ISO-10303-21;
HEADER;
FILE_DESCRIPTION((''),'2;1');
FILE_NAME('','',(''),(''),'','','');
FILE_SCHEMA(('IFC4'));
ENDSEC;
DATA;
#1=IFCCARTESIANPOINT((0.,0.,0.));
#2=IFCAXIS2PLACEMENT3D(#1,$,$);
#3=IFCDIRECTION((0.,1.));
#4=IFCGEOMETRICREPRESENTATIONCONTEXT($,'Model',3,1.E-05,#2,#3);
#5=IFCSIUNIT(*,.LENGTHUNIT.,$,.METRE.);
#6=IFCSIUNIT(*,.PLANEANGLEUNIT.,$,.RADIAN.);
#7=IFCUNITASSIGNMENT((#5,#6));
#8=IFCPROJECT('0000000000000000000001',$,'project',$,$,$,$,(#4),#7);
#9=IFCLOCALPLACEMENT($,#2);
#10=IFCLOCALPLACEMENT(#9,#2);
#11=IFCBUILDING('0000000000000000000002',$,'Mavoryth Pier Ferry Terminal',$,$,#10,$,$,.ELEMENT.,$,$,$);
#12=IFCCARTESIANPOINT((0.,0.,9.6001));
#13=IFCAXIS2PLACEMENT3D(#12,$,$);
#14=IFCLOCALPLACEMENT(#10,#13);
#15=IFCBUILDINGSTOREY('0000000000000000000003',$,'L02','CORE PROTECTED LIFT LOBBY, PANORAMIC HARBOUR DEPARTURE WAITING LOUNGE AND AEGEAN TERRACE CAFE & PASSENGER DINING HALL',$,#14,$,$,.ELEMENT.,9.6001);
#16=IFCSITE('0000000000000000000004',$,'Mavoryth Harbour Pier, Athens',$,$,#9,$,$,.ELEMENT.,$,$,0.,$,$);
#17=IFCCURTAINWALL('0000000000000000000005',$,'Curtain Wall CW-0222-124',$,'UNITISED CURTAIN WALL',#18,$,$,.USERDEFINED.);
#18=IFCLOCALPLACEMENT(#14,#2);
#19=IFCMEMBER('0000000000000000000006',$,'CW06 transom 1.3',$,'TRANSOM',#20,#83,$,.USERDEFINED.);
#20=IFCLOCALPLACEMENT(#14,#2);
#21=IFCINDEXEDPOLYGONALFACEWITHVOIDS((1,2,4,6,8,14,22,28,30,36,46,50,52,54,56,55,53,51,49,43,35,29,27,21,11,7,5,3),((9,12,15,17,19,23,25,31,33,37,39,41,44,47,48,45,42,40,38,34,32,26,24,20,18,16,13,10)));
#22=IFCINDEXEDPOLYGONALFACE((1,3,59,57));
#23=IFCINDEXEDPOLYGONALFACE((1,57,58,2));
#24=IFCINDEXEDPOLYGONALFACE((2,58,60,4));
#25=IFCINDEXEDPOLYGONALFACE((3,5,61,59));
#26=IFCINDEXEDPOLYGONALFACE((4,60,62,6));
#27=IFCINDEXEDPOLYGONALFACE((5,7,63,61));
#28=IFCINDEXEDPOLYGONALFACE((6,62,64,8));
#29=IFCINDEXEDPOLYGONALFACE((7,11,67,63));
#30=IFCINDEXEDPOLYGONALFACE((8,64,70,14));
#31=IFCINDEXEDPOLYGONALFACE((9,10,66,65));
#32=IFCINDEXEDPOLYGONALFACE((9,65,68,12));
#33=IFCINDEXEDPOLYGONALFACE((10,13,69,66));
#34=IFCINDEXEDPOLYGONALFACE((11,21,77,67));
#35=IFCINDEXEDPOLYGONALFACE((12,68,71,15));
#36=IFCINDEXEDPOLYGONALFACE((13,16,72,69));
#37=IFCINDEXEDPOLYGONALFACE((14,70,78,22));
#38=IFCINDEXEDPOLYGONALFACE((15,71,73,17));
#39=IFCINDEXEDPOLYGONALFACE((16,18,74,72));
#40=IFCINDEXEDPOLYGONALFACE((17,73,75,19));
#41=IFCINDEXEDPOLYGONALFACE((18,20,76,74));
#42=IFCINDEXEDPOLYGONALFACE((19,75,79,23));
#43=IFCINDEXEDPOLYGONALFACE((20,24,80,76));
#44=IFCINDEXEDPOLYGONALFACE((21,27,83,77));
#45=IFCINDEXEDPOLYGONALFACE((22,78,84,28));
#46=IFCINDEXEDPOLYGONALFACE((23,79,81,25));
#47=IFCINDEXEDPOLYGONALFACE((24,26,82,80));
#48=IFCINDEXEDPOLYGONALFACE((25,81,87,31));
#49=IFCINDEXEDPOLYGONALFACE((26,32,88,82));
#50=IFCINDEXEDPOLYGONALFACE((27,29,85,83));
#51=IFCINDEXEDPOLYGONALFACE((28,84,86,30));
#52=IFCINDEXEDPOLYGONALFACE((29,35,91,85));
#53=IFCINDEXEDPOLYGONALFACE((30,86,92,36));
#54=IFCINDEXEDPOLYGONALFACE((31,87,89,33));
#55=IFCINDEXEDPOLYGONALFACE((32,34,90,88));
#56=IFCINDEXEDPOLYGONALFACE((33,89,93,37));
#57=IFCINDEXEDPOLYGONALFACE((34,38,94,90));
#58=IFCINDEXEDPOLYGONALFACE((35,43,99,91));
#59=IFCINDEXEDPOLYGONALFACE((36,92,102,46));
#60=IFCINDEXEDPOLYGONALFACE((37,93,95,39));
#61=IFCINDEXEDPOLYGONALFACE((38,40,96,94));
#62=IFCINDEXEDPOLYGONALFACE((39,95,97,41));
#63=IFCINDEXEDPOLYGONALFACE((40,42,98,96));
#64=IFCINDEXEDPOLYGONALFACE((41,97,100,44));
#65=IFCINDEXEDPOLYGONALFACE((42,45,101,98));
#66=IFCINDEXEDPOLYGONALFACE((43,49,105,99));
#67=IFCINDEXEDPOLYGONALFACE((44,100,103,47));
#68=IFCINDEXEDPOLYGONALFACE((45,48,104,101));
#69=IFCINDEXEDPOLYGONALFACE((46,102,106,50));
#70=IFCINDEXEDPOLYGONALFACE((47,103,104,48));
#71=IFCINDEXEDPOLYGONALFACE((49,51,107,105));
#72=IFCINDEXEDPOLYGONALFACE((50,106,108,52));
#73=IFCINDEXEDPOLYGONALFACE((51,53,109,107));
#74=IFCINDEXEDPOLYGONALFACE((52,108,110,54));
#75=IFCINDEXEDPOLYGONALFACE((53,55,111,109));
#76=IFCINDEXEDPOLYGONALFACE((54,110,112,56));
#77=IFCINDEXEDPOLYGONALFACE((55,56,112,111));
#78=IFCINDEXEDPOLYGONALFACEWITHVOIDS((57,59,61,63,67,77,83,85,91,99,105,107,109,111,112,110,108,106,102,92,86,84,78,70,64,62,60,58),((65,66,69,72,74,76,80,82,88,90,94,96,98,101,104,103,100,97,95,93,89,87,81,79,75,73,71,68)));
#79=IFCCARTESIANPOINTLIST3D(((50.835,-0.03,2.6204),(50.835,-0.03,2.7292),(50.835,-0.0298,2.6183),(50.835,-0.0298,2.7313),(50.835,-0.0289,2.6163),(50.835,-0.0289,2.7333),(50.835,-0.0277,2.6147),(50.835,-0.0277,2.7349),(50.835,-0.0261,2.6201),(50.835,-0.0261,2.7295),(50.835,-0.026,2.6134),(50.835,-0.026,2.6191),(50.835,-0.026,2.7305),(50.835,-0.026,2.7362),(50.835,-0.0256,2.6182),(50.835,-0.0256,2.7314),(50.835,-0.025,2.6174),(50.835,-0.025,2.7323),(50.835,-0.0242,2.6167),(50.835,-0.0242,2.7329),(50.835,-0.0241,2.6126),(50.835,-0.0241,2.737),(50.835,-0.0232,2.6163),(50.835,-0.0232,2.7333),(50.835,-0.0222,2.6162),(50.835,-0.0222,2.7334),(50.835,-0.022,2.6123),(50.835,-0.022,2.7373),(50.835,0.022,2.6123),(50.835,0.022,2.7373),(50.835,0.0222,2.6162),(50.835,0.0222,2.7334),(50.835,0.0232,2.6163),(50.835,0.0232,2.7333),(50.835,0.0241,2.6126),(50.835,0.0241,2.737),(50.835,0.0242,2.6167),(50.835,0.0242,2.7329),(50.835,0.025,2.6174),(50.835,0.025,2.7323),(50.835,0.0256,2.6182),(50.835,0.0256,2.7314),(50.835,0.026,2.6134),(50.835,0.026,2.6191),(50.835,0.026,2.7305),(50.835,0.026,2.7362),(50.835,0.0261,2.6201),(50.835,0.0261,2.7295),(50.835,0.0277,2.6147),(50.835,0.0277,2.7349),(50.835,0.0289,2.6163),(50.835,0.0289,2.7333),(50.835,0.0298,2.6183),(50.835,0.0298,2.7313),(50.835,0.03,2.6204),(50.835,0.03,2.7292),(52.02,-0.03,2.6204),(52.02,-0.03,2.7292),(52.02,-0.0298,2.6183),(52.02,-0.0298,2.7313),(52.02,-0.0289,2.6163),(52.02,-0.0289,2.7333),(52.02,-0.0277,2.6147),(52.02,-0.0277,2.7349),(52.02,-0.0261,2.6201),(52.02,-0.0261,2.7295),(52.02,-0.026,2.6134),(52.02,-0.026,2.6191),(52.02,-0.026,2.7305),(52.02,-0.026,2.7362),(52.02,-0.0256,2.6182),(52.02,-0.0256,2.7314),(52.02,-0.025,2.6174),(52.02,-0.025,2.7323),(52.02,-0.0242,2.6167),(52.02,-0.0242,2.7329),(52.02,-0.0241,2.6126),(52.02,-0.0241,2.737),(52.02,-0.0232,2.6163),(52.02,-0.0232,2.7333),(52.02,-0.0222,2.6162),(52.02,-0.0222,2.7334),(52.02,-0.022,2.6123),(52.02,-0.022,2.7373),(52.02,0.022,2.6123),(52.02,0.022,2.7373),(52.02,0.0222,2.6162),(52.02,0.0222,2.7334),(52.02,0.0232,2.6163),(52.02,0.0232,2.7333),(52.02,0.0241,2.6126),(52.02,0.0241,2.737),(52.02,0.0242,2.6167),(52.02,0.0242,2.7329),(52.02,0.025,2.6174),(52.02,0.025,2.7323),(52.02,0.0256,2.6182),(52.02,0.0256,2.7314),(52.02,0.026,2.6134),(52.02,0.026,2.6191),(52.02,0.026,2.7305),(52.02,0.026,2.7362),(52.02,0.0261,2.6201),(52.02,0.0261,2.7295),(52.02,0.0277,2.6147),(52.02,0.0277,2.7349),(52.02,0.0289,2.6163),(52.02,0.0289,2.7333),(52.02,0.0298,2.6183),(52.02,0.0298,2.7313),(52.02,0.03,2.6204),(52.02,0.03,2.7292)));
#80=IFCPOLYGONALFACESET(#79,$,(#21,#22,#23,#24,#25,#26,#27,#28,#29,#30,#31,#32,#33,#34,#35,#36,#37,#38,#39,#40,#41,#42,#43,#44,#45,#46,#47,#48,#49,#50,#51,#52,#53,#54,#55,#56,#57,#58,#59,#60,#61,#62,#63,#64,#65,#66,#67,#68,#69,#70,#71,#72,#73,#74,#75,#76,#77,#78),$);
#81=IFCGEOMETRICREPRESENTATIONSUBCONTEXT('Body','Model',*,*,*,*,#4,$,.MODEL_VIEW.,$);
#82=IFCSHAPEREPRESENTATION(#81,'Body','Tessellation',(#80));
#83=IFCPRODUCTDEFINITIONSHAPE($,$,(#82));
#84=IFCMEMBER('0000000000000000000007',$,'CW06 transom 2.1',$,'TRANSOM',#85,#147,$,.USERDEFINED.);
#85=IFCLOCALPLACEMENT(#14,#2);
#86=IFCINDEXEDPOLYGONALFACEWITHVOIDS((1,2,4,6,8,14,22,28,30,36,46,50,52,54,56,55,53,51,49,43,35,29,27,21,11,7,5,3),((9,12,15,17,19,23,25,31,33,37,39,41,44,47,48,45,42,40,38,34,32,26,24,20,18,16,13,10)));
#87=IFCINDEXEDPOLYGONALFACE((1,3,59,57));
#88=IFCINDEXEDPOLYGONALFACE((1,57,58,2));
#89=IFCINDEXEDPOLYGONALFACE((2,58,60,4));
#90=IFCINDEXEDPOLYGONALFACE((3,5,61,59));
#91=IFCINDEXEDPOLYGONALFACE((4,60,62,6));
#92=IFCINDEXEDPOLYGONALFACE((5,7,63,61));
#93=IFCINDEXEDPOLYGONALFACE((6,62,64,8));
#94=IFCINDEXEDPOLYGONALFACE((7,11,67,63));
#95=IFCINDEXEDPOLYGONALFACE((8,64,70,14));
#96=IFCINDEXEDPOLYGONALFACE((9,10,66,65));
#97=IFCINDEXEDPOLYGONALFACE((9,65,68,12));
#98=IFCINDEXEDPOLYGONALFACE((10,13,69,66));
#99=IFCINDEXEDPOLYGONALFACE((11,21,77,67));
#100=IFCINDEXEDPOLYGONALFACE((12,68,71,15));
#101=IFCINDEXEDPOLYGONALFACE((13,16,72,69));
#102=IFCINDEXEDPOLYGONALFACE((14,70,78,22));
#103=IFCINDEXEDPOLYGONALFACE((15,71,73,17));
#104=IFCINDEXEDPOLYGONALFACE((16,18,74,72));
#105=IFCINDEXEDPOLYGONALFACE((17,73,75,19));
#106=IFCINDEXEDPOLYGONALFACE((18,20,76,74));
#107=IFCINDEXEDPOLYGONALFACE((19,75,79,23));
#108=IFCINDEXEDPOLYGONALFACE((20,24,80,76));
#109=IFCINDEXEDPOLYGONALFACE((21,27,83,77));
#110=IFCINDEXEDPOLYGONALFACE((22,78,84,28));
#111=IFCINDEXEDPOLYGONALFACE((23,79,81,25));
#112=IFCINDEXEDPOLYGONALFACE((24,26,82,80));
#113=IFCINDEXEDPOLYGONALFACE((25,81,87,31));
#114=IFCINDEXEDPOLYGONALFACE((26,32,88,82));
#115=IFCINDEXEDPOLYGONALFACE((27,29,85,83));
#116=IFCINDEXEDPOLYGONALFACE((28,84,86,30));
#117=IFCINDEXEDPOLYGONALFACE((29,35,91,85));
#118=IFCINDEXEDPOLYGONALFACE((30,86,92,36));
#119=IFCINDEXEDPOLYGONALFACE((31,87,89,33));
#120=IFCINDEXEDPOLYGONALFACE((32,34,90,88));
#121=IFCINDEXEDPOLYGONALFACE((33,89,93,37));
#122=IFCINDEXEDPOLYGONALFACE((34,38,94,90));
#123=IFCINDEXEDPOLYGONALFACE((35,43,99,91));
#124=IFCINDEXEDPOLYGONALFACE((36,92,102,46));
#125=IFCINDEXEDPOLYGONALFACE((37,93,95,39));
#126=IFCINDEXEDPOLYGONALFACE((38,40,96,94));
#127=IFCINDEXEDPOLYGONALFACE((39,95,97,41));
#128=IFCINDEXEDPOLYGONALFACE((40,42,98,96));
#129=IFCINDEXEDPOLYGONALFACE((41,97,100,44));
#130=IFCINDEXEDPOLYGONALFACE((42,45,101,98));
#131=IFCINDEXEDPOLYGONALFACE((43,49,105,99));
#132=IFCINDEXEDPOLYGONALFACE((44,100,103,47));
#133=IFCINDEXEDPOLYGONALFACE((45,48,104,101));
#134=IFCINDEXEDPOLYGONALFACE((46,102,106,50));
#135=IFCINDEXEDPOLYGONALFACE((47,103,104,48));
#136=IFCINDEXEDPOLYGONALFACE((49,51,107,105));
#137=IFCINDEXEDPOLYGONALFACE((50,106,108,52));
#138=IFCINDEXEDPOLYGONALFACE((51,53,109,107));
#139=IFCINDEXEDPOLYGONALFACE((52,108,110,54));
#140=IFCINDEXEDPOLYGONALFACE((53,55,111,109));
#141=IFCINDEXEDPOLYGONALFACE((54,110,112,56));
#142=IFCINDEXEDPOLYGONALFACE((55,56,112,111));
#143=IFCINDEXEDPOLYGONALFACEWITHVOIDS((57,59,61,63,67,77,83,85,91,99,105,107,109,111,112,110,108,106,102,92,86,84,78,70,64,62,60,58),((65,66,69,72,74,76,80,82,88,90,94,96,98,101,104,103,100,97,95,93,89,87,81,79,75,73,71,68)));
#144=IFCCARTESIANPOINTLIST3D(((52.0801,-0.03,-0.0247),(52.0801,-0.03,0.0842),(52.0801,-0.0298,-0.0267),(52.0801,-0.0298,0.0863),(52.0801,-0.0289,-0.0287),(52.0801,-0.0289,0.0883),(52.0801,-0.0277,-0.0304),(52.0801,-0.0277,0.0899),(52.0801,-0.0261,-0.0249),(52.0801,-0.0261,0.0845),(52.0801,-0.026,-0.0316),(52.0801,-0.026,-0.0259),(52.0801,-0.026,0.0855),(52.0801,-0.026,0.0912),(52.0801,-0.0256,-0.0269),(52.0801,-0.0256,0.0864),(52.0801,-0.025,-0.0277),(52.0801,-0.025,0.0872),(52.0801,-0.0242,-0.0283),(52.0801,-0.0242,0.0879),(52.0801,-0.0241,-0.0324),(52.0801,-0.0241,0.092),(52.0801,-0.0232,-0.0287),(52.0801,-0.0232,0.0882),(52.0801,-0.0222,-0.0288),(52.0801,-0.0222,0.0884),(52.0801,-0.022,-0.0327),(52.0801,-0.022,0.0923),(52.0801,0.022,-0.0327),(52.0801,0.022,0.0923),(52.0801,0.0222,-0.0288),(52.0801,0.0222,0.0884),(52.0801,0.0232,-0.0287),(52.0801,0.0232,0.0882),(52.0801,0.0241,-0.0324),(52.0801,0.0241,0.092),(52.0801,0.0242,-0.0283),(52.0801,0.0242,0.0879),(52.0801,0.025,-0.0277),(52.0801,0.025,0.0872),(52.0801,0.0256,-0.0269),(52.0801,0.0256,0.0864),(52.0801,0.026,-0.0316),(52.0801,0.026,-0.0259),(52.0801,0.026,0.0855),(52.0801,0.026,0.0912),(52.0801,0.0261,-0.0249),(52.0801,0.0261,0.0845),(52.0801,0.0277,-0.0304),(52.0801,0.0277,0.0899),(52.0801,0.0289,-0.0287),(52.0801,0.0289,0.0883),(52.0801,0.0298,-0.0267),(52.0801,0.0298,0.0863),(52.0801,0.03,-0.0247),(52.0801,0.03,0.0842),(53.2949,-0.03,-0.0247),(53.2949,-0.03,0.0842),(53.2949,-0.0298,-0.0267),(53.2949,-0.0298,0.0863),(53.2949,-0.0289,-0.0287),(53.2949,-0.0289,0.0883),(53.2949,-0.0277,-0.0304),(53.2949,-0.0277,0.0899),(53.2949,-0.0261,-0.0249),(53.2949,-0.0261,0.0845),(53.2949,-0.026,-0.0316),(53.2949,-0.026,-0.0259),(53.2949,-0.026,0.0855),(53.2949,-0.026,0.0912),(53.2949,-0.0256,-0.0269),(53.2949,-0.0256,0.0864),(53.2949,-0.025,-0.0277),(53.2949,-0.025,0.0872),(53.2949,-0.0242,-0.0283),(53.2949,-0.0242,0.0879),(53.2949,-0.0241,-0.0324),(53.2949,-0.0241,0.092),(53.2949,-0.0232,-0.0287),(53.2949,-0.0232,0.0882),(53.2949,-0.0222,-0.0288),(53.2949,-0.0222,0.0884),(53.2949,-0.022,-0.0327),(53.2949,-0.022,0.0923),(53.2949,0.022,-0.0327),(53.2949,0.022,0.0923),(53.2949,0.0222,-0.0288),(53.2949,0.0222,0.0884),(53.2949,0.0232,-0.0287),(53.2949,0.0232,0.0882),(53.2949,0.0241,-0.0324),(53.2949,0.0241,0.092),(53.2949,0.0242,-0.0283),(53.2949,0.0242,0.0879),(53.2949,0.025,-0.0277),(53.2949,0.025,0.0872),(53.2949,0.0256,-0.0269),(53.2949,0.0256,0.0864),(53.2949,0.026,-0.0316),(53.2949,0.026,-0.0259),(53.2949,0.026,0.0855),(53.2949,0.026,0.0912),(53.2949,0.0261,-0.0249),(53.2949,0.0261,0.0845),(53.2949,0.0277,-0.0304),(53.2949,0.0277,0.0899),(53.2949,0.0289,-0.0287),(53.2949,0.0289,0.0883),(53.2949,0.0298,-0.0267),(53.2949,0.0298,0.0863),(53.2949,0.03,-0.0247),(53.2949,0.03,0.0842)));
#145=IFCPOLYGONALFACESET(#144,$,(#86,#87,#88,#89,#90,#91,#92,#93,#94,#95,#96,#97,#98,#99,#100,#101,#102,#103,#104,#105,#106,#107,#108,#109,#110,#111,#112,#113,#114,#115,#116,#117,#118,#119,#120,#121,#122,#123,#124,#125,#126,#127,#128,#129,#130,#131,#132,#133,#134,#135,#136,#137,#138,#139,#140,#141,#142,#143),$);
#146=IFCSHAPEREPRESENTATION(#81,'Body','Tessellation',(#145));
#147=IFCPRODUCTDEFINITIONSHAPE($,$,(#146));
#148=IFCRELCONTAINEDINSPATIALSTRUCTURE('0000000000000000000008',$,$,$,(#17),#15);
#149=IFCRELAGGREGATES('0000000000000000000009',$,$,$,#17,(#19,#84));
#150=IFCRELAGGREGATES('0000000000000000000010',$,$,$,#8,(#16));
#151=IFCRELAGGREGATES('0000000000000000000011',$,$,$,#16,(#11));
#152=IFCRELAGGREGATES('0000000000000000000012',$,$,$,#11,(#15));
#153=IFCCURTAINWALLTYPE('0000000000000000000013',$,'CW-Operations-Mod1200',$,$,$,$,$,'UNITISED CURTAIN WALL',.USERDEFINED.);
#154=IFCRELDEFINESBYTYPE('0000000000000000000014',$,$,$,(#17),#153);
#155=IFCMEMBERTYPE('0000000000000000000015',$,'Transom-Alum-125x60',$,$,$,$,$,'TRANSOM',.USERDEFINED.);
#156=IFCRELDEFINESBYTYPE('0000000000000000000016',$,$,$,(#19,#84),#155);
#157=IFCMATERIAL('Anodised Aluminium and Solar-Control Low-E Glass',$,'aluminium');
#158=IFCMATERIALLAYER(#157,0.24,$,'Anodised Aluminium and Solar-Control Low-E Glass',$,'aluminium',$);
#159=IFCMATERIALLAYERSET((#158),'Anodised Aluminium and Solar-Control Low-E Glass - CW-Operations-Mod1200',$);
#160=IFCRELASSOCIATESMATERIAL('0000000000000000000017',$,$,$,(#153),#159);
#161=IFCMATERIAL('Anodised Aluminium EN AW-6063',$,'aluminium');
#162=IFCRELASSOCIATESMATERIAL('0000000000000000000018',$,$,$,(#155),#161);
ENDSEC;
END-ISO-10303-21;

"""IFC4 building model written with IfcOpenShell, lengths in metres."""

from ifc_helpers import new_model, si_unit, direction, frame, origin, origin_2d, place, context, subcontext, project, spatial, hollow_rectangle, extrude, material, layer, layer_set, material_profile, profile_set, type_object, element, aggregate, save


model = new_model("IFC4")

# Units and contexts
model_context = context("Model", 3, precision=1e-05, world=origin(), true_north=direction((0.0, 1.0)))
body_context = subcontext(model_context, "Body", "Model", "MODEL_VIEW")
ifc_project = project(units=[si_unit("LENGTHUNIT", "METRE"), si_unit("PLANEANGLEUNIT", "RADIAN")], contexts=[model_context])

# Site, building, storey
site_placement = place(None, origin())
site = spatial("IfcSite", under=ifc_project, at=site_placement, Name="Mavoryth Harbour Pier, Athens", CompositionType="ELEMENT", RefElevation=0.0)
building_placement = place(site_placement, origin())
building = spatial("IfcBuilding", under=site, at=building_placement, Name="Mavoryth Pier Ferry Terminal", CompositionType="ELEMENT")
storey_placement = place(building_placement, frame((0.0, 0.0, 9.6001)))
storey = spatial("IfcBuildingStorey", under=building, at=storey_placement, Name="L02", Description="CORE PROTECTED LIFT LOBBY, PANORAMIC HARBOUR DEPARTURE WAITING LOUNGE AND AEGEAN TERRACE CAFE & PASSENGER DINING HALL", CompositionType="ELEMENT", Elevation=9.6001)

# Curtain wall
ifc_material_1 = material(Name="Anodised Aluminium and Solar-Control Low-E Glass", Category="aluminium")
ifc_layer_1 = layer(ifc_material_1, 0.24, Name="Anodised Aluminium and Solar-Control Low-E Glass", Category="aluminium")
ifc_layer_set_1 = layer_set([ifc_layer_1], Name="Anodised Aluminium and Solar-Control Low-E Glass - CW-Operations-Mod1200")
curtain_wall_type = type_object("IfcCurtainWallType", Name="CW-Operations-Mod1200", ElementType="UNITISED CURTAIN WALL", PredefinedType="USERDEFINED", material=ifc_layer_set_1)
curtain_wall_placement = place(storey_placement, origin())
curtain_wall = element("IfcCurtainWall", 1, at=curtain_wall_placement, inside=storey, type_object=curtain_wall_type, Name="Curtain Wall CW-0222-124", ObjectType="UNITISED CURTAIN WALL", PredefinedType="USERDEFINED")
ifc_material_2 = material(Name="Anodised Aluminium EN AW-6063", Category="aluminium")

# Members
ifc_material_profile_1 = material_profile(ifc_material_2, hollow_rectangle(XDim=0.0601, YDim=0.125, WallThickness=0.0039, InnerFilletRadius=0.0039, OuterFilletRadius=0.0081, at=origin_2d()), Name="AL-TRAN 125x60x4", Category="aluminium")
ifc_profile_set_1 = profile_set([ifc_material_profile_1], Name="Anodised Aluminium EN AW-6063 - AL-TRAN 125x60x4")
member_type_1 = type_object("IfcMemberType", Name="Transom-Alum-125x60", ElementType="TRANSOM", PredefinedType="USERDEFINED", material=ifc_profile_set_1)
member_1_placement = place(storey_placement, frame((50.835, 0.0, 2.6748), z_axis=(1.0, 0.0, 0.0), x_axis=(0.0, 1.0, 0.0)))
member_1 = element("IfcMember", 2, at=member_1_placement, type_object=member_type_1, Name="CW06 transom 1.3", ObjectType="TRANSOM", PredefinedType="USERDEFINED", context=body_context, shape_type="SweptSolid", body=[
    extrude(hollow_rectangle(XDim=0.0601, YDim=0.125, WallThickness=0.0039, InnerFilletRadius=0.0039, OuterFilletRadius=0.0081, at=origin_2d()), origin(), (0.0, 0.0, 1.0), 1.1851),
])
member_2_placement = place(storey_placement, frame((52.0801, 0.0, 0.0298), z_axis=(1.0, 0.0, 0.0), x_axis=(0.0, 1.0, 0.0)))
member_2 = element("IfcMember", 3, at=member_2_placement, type_object=member_type_1, Name="CW06 transom 2.1", ObjectType="TRANSOM", PredefinedType="USERDEFINED", context=body_context, shape_type="SweptSolid", body=[
    extrude(hollow_rectangle(XDim=0.0601, YDim=0.125, WallThickness=0.0039, InnerFilletRadius=0.0039, OuterFilletRadius=0.0081, at=origin_2d()), origin(), (0.0, 0.0, 1.0), 1.2148),
])

aggregate(curtain_wall, [member_1, member_2])

save(model, "model.ifc")
